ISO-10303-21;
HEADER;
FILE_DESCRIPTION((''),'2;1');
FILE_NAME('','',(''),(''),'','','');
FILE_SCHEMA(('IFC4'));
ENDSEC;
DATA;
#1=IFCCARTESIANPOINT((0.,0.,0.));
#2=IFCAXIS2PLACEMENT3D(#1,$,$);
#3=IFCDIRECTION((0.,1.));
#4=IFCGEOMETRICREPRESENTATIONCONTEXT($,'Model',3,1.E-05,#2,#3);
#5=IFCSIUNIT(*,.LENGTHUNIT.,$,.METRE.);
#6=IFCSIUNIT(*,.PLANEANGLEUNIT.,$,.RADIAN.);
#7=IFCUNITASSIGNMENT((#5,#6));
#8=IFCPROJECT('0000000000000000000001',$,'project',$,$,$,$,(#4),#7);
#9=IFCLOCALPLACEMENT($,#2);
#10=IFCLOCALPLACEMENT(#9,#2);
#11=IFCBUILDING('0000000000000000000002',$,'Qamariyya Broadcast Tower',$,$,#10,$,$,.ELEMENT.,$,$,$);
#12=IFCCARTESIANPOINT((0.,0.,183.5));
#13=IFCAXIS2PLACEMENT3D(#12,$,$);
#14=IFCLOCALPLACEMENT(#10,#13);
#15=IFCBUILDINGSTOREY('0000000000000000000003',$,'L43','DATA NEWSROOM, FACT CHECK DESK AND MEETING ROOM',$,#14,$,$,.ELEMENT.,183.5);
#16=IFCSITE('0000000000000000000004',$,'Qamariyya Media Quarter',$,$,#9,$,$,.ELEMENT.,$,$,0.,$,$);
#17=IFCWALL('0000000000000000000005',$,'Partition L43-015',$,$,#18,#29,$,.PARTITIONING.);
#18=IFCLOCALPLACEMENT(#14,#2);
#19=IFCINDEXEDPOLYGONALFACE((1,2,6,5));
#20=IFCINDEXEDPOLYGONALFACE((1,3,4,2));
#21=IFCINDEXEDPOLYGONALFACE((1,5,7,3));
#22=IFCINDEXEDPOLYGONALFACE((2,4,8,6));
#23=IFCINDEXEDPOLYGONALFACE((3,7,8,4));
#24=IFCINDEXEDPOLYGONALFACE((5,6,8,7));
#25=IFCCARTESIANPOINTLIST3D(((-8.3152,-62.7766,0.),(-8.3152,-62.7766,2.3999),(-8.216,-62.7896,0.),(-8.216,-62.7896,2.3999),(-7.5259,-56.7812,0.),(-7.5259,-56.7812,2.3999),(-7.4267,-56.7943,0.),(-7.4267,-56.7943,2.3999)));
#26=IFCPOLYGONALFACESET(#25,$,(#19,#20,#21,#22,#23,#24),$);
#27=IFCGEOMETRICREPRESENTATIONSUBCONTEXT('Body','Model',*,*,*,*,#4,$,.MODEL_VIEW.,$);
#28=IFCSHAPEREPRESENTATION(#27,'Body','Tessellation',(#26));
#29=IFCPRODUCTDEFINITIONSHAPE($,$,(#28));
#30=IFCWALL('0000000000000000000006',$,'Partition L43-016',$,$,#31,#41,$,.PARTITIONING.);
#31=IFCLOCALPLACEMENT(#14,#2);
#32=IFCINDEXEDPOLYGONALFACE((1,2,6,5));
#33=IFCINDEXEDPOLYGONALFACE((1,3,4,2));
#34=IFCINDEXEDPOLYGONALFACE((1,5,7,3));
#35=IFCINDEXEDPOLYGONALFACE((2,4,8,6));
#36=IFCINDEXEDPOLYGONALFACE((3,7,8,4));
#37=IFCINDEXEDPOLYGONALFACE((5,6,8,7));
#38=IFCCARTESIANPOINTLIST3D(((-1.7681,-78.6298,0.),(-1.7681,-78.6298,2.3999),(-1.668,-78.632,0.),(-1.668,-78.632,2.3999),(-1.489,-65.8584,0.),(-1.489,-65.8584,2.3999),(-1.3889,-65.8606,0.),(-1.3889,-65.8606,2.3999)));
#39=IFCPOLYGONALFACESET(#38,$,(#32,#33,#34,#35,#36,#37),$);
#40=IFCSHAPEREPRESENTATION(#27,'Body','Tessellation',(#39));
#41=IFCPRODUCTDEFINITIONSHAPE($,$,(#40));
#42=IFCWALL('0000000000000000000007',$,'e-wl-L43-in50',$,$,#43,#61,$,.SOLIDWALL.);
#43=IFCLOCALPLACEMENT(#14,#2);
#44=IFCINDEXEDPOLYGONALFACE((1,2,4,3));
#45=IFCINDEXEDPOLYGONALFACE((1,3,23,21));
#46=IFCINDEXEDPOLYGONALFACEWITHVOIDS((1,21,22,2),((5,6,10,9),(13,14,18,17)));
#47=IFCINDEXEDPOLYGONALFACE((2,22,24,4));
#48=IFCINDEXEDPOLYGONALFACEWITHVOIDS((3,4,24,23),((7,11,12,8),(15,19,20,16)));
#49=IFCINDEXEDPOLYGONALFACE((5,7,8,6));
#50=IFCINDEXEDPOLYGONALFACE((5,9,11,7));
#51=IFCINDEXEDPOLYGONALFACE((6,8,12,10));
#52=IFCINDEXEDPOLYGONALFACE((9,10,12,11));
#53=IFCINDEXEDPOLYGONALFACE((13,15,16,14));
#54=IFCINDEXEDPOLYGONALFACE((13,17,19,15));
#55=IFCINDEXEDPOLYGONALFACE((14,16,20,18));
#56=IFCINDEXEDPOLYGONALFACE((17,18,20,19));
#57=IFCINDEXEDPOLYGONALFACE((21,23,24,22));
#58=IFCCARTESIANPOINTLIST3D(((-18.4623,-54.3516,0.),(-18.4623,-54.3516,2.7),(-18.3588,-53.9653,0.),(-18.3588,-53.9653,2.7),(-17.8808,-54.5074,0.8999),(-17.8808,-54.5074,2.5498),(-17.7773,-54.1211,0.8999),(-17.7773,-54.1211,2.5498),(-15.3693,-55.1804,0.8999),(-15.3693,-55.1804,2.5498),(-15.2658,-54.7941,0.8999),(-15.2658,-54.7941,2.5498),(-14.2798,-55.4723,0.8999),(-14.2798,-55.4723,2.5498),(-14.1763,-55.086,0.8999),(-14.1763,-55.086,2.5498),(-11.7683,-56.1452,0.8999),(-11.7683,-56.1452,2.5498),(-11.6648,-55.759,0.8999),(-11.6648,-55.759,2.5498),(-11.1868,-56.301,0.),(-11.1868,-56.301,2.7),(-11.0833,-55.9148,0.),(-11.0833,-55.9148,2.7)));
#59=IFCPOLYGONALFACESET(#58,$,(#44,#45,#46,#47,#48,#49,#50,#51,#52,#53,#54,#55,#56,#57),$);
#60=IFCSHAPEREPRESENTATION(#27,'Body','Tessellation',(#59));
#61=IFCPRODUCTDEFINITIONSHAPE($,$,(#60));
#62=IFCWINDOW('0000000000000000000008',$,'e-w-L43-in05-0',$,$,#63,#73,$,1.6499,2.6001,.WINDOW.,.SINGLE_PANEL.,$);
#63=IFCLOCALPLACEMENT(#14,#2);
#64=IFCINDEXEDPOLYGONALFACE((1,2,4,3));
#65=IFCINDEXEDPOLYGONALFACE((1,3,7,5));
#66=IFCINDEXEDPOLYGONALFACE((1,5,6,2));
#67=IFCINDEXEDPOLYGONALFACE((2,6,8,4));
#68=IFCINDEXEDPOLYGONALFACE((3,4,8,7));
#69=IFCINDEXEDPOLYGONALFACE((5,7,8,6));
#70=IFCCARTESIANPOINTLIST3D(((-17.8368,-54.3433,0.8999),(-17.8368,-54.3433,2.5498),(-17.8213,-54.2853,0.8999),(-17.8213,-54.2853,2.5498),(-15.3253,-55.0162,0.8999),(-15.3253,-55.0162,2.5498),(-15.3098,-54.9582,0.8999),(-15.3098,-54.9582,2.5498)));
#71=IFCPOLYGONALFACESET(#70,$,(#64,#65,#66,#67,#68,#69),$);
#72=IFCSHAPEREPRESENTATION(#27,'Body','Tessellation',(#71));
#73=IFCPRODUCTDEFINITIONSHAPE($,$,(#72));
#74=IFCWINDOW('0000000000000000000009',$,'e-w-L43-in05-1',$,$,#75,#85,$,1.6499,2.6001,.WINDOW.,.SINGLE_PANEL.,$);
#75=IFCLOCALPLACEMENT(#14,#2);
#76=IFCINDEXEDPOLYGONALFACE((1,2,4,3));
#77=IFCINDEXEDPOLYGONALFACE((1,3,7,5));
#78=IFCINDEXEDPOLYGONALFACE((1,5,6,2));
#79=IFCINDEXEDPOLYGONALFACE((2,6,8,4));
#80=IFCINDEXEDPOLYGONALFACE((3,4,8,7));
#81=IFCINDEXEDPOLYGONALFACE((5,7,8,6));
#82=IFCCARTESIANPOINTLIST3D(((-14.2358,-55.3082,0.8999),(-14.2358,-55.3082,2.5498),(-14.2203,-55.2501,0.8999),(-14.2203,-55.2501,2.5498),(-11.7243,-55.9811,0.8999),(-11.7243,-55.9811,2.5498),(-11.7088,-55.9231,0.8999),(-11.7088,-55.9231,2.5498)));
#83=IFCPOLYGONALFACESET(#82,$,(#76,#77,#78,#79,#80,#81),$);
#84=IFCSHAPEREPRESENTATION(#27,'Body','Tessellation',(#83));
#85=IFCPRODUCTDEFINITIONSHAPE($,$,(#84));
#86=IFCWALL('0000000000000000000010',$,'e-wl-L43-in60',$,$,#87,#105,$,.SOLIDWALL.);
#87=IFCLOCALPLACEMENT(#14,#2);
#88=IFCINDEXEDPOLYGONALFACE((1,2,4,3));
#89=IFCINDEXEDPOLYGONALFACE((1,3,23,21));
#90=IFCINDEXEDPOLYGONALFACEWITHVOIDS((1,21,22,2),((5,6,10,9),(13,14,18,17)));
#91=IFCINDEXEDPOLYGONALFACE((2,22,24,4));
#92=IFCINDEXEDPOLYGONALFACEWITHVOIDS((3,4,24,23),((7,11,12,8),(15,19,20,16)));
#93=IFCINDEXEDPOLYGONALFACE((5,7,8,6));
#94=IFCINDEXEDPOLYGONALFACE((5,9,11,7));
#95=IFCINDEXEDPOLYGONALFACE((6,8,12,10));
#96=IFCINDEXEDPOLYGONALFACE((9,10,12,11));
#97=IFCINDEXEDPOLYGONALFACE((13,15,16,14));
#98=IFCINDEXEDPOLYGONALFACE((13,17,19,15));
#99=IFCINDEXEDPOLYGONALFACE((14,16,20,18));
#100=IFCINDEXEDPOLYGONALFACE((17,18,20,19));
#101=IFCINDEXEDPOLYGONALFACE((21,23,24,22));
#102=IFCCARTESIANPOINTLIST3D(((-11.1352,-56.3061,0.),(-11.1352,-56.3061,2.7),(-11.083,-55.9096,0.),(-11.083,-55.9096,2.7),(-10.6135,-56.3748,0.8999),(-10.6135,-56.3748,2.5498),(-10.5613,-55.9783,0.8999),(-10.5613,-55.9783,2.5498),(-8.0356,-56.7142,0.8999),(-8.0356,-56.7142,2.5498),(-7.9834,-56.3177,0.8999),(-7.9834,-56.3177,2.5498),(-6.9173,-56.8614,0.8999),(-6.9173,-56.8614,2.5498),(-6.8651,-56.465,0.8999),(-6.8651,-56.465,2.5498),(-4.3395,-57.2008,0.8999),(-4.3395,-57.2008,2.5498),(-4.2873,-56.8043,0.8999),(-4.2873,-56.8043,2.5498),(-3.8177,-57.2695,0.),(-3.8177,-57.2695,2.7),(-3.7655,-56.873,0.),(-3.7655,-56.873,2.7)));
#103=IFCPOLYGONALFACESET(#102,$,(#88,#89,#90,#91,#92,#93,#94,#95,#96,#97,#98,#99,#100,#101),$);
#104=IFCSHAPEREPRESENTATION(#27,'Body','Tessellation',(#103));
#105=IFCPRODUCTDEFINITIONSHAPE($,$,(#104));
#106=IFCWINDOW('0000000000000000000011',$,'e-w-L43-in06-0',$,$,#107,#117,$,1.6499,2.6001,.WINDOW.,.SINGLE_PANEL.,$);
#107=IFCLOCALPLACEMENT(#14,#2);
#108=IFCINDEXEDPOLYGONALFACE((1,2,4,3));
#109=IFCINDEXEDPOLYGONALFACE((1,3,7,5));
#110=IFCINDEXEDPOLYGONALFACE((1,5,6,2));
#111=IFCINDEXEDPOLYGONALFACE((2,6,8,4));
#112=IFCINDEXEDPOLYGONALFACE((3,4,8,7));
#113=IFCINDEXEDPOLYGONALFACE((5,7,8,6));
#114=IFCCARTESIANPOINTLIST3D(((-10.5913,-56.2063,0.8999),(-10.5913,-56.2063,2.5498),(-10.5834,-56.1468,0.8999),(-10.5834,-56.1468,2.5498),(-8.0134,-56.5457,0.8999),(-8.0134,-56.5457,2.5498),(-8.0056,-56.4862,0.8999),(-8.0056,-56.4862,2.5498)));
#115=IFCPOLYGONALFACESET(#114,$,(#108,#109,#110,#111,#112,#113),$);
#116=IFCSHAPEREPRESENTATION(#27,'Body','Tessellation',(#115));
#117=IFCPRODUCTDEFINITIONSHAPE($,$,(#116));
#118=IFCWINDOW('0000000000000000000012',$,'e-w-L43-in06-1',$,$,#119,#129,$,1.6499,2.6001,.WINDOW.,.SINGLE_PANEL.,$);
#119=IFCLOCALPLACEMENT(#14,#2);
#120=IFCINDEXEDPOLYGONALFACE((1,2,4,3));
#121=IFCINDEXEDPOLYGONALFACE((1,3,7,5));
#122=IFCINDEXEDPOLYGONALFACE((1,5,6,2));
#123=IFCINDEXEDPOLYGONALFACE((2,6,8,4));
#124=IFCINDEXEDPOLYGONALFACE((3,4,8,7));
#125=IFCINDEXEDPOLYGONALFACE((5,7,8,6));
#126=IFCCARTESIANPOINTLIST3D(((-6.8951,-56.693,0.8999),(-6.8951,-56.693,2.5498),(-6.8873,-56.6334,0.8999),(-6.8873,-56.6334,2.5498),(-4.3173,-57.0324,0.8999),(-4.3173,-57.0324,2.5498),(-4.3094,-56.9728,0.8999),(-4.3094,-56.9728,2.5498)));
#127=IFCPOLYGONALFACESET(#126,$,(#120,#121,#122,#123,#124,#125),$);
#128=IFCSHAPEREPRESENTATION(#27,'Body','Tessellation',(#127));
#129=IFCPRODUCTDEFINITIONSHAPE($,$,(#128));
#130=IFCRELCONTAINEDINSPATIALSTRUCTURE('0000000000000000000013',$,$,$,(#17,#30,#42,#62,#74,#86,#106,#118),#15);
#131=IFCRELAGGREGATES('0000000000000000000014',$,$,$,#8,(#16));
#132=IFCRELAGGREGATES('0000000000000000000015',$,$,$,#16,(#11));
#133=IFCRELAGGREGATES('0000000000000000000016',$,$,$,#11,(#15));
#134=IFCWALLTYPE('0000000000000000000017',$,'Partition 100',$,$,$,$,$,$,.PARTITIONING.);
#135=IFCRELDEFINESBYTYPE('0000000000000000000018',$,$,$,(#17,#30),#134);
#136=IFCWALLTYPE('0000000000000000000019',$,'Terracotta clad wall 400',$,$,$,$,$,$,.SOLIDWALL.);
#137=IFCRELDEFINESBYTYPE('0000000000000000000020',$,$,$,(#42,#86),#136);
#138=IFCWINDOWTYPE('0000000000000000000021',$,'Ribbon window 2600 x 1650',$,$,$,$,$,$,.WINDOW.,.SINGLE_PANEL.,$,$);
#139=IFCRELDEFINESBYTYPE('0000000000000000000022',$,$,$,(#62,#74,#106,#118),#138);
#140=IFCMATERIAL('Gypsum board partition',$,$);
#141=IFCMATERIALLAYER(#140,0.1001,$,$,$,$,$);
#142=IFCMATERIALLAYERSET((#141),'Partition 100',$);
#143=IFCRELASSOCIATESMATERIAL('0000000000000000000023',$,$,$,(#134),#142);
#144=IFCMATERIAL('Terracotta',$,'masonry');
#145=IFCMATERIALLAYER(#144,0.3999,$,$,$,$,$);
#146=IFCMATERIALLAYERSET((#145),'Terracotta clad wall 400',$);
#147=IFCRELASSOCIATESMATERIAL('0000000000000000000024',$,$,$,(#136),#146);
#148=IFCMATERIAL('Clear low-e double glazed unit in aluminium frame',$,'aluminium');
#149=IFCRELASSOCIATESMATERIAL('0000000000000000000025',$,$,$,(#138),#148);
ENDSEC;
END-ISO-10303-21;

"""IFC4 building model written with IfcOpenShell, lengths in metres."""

from ifc_helpers import new_model, si_unit, direction, frame, frame_2d, origin, place, context, subcontext, project, spatial, rectangle, extrude, material, layer, layer_set, type_object, element, fill, save


model = new_model("IFC4")

# Units and contexts
model_context = context("Model", 3, precision=1e-05, world=origin(), true_north=direction((0.0, 1.0)))
body_context = subcontext(model_context, "Body", "Model", "MODEL_VIEW")
ifc_project = project(units=[si_unit("LENGTHUNIT", "METRE"), si_unit("PLANEANGLEUNIT", "RADIAN")], contexts=[model_context])

# Site, building, storey
site_placement = place(None, origin())
site = spatial("IfcSite", under=ifc_project, at=site_placement, Name="Qamariyya Media Quarter", CompositionType="ELEMENT", RefElevation=0.0)
building_placement = place(site_placement, origin())
building = spatial("IfcBuilding", under=site, at=building_placement, Name="Qamariyya Broadcast Tower", CompositionType="ELEMENT")
storey_placement = place(building_placement, frame((0.0, 0.0, 183.5)))
storey = spatial("IfcBuildingStorey", under=building, at=storey_placement, Name="L43", Description="DATA NEWSROOM, FACT CHECK DESK AND MEETING ROOM", CompositionType="ELEMENT", Elevation=183.5)

# Shared definitions
ifc_material_1 = material(Name="Gypsum board partition")

# Walls
ifc_layer_1 = layer(ifc_material_1, 0.1001)
ifc_layer_set_1 = layer_set([ifc_layer_1], Name="Partition 100")
wall_type_1 = type_object("IfcWallType", Name="Partition 100", PredefinedType="PARTITIONING", material=ifc_layer_set_1)
wall_1_placement = place(storey_placement, frame((-7.4763, -56.7878, 0.0), z_axis=(0.0, 0.0, 1.0), x_axis=(-0.130527, -0.991445, 0.0)))
element("IfcWall", 1, at=wall_1_placement, inside=storey, type_object=wall_type_1, Name="Partition L43-015", PredefinedType="PARTITIONING", context=body_context, shape_type="SweptSolid", body=[
    extrude(rectangle(XDim=6.0471, YDim=0.1001, at=frame_2d((3.0234, 0.0))), origin(), (0.0, 0.0, 1.0), 2.3999),
])
wall_2_placement = place(storey_placement, frame((-1.718, -78.6309, 0.0), z_axis=(0.0, 0.0, 1.0), x_axis=(0.021844, 0.999761, 0.0)))
element("IfcWall", 2, at=wall_2_placement, inside=storey, type_object=wall_type_1, Name="Partition L43-016", PredefinedType="PARTITIONING", context=body_context, shape_type="SweptSolid", body=[
    extrude(rectangle(XDim=12.7744, YDim=0.1001, at=frame_2d((6.3872, 0.0))), origin(), (0.0, 0.0, 1.0), 2.3999),
])

# Walls, openings, windows
ifc_material_2 = material(Name="Terracotta", Category="masonry")
ifc_layer_2 = layer(ifc_material_2, 0.3999)
ifc_layer_set_2 = layer_set([ifc_layer_2], Name="Terracotta clad wall 400")
wall_type_2 = type_object("IfcWallType", Name="Terracotta clad wall 400", PredefinedType="SOLIDWALL", material=ifc_layer_set_2)
wall_3_placement = place(storey_placement, frame((-11.135, -56.1079, 0.0), z_axis=(0.0, 0.0, 1.0), x_axis=(-0.965927, 0.258814, 0.0)))
wall_3 = element("IfcWall", 3, at=wall_3_placement, inside=storey, type_object=wall_type_2, Name="e-wl-L43-in50", PredefinedType="SOLIDWALL", context=body_context, shape_type="SweptSolid", body=[
    extrude(rectangle(XDim=7.5322, YDim=0.3999, at=frame_2d((3.7661, 0.0))), origin(), (0.0, 0.0, 1.0), 2.7),
])
opening_1_placement = place(wall_3_placement, frame((4.3301, 0.0, 0.8999)))
opening_1 = element("IfcOpeningElement", 4, at=opening_1_placement, cuts=wall_3, PredefinedType="OPENING", context=body_context, shape_type="SweptSolid", body=[
    extrude(rectangle(XDim=2.6001, YDim=1.6499, at=frame_2d((1.3, 0.825))), frame((0.0, 0.21, 0.0), z_axis=(0.0, -1.0, 0.0), x_axis=(1.0, 0.0, 0.0)), (0.0, 0.0, 1.0), 0.4199),
])
opening_2_placement = place(wall_3_placement, frame((0.6021, 0.0, 0.8999)))
opening_2 = element("IfcOpeningElement", 5, at=opening_2_placement, cuts=wall_3, PredefinedType="OPENING", context=body_context, shape_type="SweptSolid", body=[
    extrude(rectangle(XDim=2.6001, YDim=1.6499, at=frame_2d((1.3, 0.825))), frame((0.0, 0.21, 0.0), z_axis=(0.0, -1.0, 0.0), x_axis=(1.0, 0.0, 0.0)), (0.0, 0.0, 1.0), 0.4199),
])
ifc_material_3 = material(Name="Clear low-e double glazed unit in aluminium frame", Category="aluminium")
window_type = type_object("IfcWindowType", Name="Ribbon window 2600 x 1650", PartitioningType="SINGLE_PANEL", PredefinedType="WINDOW", material=ifc_material_3)
window_1_placement = place(opening_1_placement, origin())
window_1 = element("IfcWindow", 6, at=window_1_placement, inside=storey, type_object=window_type, Name="e-w-L43-in05-0", OverallHeight=1.6499, OverallWidth=2.6001, PartitioningType="SINGLE_PANEL", PredefinedType="WINDOW", context=body_context, shape_type="SweptSolid", body=[
    extrude(rectangle(XDim=2.6001, YDim=1.6499, at=frame_2d((1.3, 0.825))), frame((0.0, 0.03, 0.0), z_axis=(0.0, -1.0, 0.0), x_axis=(1.0, 0.0, 0.0)), (0.0, 0.0, 1.0), 0.0601),
])
fill(opening_1, window_1)
window_2_placement = place(opening_2_placement, origin())
window_2 = element("IfcWindow", 7, at=window_2_placement, inside=storey, type_object=window_type, Name="e-w-L43-in05-1", OverallHeight=1.6499, OverallWidth=2.6001, PartitioningType="SINGLE_PANEL", PredefinedType="WINDOW", context=body_context, shape_type="SweptSolid", body=[
    extrude(rectangle(XDim=2.6001, YDim=1.6499, at=frame_2d((1.3, 0.825))), frame((0.0, 0.03, 0.0), z_axis=(0.0, -1.0, 0.0), x_axis=(1.0, 0.0, 0.0)), (0.0, 0.0, 1.0), 0.0601),
])
fill(opening_2, window_2)
wall_4_placement = place(storey_placement, frame((-3.7915, -57.0713, 0.0), z_axis=(0.0, 0.0, 1.0), x_axis=(-0.991444, 0.13053, 0.0)))
wall_4 = element("IfcWall", 8, at=wall_4_placement, inside=storey, type_object=wall_type_2, Name="e-wl-L43-in60", PredefinedType="SOLIDWALL", context=body_context, shape_type="SweptSolid", body=[
    extrude(rectangle(XDim=7.3806, YDim=0.3999, at=frame_2d((3.6904, 0.0))), origin(), (0.0, 0.0, 1.0), 2.7),
])
opening_3_placement = place(wall_4_placement, frame((4.2544, 0.0, 0.8999)))
opening_3 = element("IfcOpeningElement", 9, at=opening_3_placement, cuts=wall_4, PredefinedType="OPENING", context=body_context, shape_type="SweptSolid", body=[
    extrude(rectangle(XDim=2.6001, YDim=1.6499, at=frame_2d((1.3, 0.825))), frame((0.0, 0.21, 0.0), z_axis=(0.0, -1.0, 0.0), x_axis=(1.0, 0.0, 0.0)), (0.0, 0.0, 1.0), 0.4199),
])
opening_4_placement = place(wall_4_placement, frame((0.5264, 0.0, 0.8999)))
opening_4 = element("IfcOpeningElement", 10, at=opening_4_placement, cuts=wall_4, PredefinedType="OPENING", context=body_context, shape_type="SweptSolid", body=[
    extrude(rectangle(XDim=2.6001, YDim=1.6499, at=frame_2d((1.3, 0.825))), frame((0.0, 0.21, 0.0), z_axis=(0.0, -1.0, 0.0), x_axis=(1.0, 0.0, 0.0)), (0.0, 0.0, 1.0), 0.4199),
])
window_3_placement = place(opening_3_placement, origin())
window_3 = element("IfcWindow", 11, at=window_3_placement, inside=storey, type_object=window_type, Name="e-w-L43-in06-0", OverallHeight=1.6499, OverallWidth=2.6001, PartitioningType="SINGLE_PANEL", PredefinedType="WINDOW", context=body_context, shape_type="SweptSolid", body=[
    extrude(rectangle(XDim=2.6001, YDim=1.6499, at=frame_2d((1.3, 0.825))), frame((0.0, 0.03, 0.0), z_axis=(0.0, -1.0, 0.0), x_axis=(1.0, 0.0, 0.0)), (0.0, 0.0, 1.0), 0.0601),
])
fill(opening_3, window_3)
window_4_placement = place(opening_4_placement, origin())
window_4 = element("IfcWindow", 12, at=window_4_placement, inside=storey, type_object=window_type, Name="e-w-L43-in06-1", OverallHeight=1.6499, OverallWidth=2.6001, PartitioningType="SINGLE_PANEL", PredefinedType="WINDOW", context=body_context, shape_type="SweptSolid", body=[
    extrude(rectangle(XDim=2.6001, YDim=1.6499, at=frame_2d((1.3, 0.825))), frame((0.0, 0.03, 0.0), z_axis=(0.0, -1.0, 0.0), x_axis=(1.0, 0.0, 0.0)), (0.0, 0.0, 1.0), 0.0601),
])
fill(opening_4, window_4)

save(model, "model.ifc")
